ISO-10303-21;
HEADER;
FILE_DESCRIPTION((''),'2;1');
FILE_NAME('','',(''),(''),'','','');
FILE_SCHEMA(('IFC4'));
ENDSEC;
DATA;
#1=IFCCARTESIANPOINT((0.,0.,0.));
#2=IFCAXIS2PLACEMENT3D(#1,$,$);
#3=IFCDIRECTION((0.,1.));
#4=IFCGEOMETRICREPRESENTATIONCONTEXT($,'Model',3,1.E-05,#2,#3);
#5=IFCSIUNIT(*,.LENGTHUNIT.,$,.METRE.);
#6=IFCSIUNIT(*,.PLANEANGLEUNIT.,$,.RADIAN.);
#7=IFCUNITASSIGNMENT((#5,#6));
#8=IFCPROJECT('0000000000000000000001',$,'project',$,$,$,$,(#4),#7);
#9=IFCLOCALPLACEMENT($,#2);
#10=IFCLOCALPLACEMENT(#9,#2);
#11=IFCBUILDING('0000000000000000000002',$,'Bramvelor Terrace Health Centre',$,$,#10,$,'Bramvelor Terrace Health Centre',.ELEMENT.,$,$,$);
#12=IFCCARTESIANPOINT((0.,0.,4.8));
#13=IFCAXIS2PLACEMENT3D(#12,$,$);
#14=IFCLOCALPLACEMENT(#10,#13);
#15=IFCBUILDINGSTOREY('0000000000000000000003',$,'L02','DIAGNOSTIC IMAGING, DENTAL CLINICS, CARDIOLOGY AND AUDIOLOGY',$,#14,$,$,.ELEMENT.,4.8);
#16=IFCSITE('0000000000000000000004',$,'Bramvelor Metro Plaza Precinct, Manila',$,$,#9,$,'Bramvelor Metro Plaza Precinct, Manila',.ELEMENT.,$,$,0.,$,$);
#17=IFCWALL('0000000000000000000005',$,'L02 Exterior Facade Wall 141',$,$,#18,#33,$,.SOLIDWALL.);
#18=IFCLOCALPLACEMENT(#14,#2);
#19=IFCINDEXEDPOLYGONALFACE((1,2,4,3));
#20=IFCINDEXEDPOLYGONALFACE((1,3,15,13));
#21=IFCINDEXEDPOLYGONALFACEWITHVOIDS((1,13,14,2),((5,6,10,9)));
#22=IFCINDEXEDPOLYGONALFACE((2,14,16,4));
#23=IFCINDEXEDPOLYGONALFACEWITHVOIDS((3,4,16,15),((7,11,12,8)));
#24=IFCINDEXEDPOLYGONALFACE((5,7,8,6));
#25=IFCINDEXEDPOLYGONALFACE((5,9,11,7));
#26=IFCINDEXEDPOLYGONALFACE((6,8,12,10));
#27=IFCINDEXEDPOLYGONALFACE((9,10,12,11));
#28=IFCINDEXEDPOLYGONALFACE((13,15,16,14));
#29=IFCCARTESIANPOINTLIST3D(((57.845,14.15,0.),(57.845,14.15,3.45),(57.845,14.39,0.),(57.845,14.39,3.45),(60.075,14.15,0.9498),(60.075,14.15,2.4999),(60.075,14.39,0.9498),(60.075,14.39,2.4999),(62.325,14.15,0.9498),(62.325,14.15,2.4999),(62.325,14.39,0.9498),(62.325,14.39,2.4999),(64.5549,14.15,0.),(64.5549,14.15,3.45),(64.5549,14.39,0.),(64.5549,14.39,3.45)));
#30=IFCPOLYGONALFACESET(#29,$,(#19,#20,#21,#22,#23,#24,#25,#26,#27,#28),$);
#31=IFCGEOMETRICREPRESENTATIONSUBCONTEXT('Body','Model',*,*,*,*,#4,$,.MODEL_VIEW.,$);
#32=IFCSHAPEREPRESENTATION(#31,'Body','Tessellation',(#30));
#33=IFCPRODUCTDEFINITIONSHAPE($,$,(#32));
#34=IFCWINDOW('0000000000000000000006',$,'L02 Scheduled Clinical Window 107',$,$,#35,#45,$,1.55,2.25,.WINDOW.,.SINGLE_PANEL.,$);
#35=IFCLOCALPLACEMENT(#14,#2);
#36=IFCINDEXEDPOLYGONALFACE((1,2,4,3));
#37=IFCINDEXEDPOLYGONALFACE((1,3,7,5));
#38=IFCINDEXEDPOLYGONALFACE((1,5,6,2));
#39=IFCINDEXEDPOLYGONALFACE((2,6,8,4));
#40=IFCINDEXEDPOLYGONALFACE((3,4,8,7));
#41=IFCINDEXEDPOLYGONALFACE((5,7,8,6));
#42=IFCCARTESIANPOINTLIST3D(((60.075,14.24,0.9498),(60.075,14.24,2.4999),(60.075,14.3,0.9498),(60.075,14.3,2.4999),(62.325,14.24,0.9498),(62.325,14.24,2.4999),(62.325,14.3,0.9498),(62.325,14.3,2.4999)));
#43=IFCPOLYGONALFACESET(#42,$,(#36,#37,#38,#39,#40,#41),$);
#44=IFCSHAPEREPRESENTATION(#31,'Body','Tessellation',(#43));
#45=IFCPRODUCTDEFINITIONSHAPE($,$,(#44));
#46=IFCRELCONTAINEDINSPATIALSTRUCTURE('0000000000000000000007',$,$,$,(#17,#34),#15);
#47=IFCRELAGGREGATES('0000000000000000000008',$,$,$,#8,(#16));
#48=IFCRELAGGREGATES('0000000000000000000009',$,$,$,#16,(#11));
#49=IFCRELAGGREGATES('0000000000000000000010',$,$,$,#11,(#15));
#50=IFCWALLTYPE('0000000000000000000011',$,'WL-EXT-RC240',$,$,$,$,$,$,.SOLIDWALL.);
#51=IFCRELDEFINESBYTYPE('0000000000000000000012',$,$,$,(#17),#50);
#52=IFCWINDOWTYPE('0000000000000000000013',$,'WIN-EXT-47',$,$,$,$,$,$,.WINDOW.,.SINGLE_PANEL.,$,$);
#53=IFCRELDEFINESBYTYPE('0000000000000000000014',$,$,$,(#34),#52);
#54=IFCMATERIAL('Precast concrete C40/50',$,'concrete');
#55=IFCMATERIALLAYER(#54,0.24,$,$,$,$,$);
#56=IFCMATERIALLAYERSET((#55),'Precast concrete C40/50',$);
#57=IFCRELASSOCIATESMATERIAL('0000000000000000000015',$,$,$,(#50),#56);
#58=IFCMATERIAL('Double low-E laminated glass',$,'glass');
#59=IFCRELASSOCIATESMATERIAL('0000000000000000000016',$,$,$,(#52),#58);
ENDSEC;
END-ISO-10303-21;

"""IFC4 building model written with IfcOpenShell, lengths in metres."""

from ifc_helpers import new_model, si_unit, direction, frame, frame_2d, origin, place, context, subcontext, project, spatial, rectangle, extrude, material, layer, layer_set, type_object, element, fill, save


model = new_model("IFC4")

# Units and contexts
model_context = context("Model", 3, precision=1e-05, world=origin(), true_north=direction((0.0, 1.0)))
body_context = subcontext(model_context, "Body", "Model", "MODEL_VIEW")
ifc_project = project(units=[si_unit("LENGTHUNIT", "METRE"), si_unit("PLANEANGLEUNIT", "RADIAN")], contexts=[model_context])

# Site, building, storey
site_placement = place(None, origin())
site = spatial("IfcSite", under=ifc_project, at=site_placement, Name="Bramvelor Metro Plaza Precinct, Manila", LongName="Bramvelor Metro Plaza Precinct, Manila", CompositionType="ELEMENT", RefElevation=0.0)
building_placement = place(site_placement, origin())
building = spatial("IfcBuilding", under=site, at=building_placement, Name="Bramvelor Terrace Health Centre", LongName="Bramvelor Terrace Health Centre", CompositionType="ELEMENT")
storey_placement = place(building_placement, frame((0.0, 0.0, 4.8)))
storey = spatial("IfcBuildingStorey", under=building, at=storey_placement, Name="L02", Description="DIAGNOSTIC IMAGING, DENTAL CLINICS, CARDIOLOGY AND AUDIOLOGY", CompositionType="ELEMENT", Elevation=4.8)

# Wall, opening, window
ifc_material_1 = material(Name="Precast concrete C40/50", Category="concrete")
ifc_layer_1 = layer(ifc_material_1, 0.24)
ifc_layer_set_1 = layer_set([ifc_layer_1], Name="Precast concrete C40/50")
wall_type = type_object("IfcWallType", Name="WL-EXT-RC240", PredefinedType="SOLIDWALL", material=ifc_layer_set_1)
wall_placement = place(storey_placement, frame((57.845, 14.27, 0.0), z_axis=(0.0, 0.0, 1.0), x_axis=(1.0, 0.0, 0.0)))
wall = element("IfcWall", 1, at=wall_placement, inside=storey, type_object=wall_type, Name="L02 Exterior Facade Wall 141", PredefinedType="SOLIDWALL", context=body_context, shape_type="SweptSolid", body=[
    extrude(rectangle(XDim=6.71, YDim=0.24, at=frame_2d((3.355, 0.0))), origin(), (0.0, 0.0, 1.0), 3.45),
])
opening_placement = place(wall_placement, frame((2.23, 0.0, 0.95)))
opening = element("IfcOpeningElement", 2, at=opening_placement, cuts=wall, PredefinedType="OPENING", context=body_context, shape_type="SweptSolid", body=[
    extrude(rectangle(XDim=2.25, YDim=1.55, at=frame_2d((1.125, 0.7749))), frame((0.0, 0.1299, 0.0), z_axis=(0.0, -1.0, 0.0), x_axis=(1.0, 0.0, 0.0)), (0.0, 0.0, 1.0), 0.26),
])
ifc_material_2 = material(Name="Double low-E laminated glass", Category="glass")
window_type = type_object("IfcWindowType", Name="WIN-EXT-47", PartitioningType="SINGLE_PANEL", PredefinedType="WINDOW", material=ifc_material_2)
window_placement = place(opening_placement, origin())
window = element("IfcWindow", 3, at=window_placement, inside=storey, type_object=window_type, Name="L02 Scheduled Clinical Window 107", OverallHeight=1.55, OverallWidth=2.25, PartitioningType="SINGLE_PANEL", PredefinedType="WINDOW", context=body_context, shape_type="SweptSolid", body=[
    extrude(rectangle(XDim=2.25, YDim=1.55, at=frame_2d((1.125, 0.7749))), frame((0.0, 0.03, 0.0), z_axis=(0.0, -1.0, 0.0), x_axis=(1.0, 0.0, 0.0)), (0.0, 0.0, 1.0), 0.0601),
])
fill(opening, window)

save(model, "model.ifc")
